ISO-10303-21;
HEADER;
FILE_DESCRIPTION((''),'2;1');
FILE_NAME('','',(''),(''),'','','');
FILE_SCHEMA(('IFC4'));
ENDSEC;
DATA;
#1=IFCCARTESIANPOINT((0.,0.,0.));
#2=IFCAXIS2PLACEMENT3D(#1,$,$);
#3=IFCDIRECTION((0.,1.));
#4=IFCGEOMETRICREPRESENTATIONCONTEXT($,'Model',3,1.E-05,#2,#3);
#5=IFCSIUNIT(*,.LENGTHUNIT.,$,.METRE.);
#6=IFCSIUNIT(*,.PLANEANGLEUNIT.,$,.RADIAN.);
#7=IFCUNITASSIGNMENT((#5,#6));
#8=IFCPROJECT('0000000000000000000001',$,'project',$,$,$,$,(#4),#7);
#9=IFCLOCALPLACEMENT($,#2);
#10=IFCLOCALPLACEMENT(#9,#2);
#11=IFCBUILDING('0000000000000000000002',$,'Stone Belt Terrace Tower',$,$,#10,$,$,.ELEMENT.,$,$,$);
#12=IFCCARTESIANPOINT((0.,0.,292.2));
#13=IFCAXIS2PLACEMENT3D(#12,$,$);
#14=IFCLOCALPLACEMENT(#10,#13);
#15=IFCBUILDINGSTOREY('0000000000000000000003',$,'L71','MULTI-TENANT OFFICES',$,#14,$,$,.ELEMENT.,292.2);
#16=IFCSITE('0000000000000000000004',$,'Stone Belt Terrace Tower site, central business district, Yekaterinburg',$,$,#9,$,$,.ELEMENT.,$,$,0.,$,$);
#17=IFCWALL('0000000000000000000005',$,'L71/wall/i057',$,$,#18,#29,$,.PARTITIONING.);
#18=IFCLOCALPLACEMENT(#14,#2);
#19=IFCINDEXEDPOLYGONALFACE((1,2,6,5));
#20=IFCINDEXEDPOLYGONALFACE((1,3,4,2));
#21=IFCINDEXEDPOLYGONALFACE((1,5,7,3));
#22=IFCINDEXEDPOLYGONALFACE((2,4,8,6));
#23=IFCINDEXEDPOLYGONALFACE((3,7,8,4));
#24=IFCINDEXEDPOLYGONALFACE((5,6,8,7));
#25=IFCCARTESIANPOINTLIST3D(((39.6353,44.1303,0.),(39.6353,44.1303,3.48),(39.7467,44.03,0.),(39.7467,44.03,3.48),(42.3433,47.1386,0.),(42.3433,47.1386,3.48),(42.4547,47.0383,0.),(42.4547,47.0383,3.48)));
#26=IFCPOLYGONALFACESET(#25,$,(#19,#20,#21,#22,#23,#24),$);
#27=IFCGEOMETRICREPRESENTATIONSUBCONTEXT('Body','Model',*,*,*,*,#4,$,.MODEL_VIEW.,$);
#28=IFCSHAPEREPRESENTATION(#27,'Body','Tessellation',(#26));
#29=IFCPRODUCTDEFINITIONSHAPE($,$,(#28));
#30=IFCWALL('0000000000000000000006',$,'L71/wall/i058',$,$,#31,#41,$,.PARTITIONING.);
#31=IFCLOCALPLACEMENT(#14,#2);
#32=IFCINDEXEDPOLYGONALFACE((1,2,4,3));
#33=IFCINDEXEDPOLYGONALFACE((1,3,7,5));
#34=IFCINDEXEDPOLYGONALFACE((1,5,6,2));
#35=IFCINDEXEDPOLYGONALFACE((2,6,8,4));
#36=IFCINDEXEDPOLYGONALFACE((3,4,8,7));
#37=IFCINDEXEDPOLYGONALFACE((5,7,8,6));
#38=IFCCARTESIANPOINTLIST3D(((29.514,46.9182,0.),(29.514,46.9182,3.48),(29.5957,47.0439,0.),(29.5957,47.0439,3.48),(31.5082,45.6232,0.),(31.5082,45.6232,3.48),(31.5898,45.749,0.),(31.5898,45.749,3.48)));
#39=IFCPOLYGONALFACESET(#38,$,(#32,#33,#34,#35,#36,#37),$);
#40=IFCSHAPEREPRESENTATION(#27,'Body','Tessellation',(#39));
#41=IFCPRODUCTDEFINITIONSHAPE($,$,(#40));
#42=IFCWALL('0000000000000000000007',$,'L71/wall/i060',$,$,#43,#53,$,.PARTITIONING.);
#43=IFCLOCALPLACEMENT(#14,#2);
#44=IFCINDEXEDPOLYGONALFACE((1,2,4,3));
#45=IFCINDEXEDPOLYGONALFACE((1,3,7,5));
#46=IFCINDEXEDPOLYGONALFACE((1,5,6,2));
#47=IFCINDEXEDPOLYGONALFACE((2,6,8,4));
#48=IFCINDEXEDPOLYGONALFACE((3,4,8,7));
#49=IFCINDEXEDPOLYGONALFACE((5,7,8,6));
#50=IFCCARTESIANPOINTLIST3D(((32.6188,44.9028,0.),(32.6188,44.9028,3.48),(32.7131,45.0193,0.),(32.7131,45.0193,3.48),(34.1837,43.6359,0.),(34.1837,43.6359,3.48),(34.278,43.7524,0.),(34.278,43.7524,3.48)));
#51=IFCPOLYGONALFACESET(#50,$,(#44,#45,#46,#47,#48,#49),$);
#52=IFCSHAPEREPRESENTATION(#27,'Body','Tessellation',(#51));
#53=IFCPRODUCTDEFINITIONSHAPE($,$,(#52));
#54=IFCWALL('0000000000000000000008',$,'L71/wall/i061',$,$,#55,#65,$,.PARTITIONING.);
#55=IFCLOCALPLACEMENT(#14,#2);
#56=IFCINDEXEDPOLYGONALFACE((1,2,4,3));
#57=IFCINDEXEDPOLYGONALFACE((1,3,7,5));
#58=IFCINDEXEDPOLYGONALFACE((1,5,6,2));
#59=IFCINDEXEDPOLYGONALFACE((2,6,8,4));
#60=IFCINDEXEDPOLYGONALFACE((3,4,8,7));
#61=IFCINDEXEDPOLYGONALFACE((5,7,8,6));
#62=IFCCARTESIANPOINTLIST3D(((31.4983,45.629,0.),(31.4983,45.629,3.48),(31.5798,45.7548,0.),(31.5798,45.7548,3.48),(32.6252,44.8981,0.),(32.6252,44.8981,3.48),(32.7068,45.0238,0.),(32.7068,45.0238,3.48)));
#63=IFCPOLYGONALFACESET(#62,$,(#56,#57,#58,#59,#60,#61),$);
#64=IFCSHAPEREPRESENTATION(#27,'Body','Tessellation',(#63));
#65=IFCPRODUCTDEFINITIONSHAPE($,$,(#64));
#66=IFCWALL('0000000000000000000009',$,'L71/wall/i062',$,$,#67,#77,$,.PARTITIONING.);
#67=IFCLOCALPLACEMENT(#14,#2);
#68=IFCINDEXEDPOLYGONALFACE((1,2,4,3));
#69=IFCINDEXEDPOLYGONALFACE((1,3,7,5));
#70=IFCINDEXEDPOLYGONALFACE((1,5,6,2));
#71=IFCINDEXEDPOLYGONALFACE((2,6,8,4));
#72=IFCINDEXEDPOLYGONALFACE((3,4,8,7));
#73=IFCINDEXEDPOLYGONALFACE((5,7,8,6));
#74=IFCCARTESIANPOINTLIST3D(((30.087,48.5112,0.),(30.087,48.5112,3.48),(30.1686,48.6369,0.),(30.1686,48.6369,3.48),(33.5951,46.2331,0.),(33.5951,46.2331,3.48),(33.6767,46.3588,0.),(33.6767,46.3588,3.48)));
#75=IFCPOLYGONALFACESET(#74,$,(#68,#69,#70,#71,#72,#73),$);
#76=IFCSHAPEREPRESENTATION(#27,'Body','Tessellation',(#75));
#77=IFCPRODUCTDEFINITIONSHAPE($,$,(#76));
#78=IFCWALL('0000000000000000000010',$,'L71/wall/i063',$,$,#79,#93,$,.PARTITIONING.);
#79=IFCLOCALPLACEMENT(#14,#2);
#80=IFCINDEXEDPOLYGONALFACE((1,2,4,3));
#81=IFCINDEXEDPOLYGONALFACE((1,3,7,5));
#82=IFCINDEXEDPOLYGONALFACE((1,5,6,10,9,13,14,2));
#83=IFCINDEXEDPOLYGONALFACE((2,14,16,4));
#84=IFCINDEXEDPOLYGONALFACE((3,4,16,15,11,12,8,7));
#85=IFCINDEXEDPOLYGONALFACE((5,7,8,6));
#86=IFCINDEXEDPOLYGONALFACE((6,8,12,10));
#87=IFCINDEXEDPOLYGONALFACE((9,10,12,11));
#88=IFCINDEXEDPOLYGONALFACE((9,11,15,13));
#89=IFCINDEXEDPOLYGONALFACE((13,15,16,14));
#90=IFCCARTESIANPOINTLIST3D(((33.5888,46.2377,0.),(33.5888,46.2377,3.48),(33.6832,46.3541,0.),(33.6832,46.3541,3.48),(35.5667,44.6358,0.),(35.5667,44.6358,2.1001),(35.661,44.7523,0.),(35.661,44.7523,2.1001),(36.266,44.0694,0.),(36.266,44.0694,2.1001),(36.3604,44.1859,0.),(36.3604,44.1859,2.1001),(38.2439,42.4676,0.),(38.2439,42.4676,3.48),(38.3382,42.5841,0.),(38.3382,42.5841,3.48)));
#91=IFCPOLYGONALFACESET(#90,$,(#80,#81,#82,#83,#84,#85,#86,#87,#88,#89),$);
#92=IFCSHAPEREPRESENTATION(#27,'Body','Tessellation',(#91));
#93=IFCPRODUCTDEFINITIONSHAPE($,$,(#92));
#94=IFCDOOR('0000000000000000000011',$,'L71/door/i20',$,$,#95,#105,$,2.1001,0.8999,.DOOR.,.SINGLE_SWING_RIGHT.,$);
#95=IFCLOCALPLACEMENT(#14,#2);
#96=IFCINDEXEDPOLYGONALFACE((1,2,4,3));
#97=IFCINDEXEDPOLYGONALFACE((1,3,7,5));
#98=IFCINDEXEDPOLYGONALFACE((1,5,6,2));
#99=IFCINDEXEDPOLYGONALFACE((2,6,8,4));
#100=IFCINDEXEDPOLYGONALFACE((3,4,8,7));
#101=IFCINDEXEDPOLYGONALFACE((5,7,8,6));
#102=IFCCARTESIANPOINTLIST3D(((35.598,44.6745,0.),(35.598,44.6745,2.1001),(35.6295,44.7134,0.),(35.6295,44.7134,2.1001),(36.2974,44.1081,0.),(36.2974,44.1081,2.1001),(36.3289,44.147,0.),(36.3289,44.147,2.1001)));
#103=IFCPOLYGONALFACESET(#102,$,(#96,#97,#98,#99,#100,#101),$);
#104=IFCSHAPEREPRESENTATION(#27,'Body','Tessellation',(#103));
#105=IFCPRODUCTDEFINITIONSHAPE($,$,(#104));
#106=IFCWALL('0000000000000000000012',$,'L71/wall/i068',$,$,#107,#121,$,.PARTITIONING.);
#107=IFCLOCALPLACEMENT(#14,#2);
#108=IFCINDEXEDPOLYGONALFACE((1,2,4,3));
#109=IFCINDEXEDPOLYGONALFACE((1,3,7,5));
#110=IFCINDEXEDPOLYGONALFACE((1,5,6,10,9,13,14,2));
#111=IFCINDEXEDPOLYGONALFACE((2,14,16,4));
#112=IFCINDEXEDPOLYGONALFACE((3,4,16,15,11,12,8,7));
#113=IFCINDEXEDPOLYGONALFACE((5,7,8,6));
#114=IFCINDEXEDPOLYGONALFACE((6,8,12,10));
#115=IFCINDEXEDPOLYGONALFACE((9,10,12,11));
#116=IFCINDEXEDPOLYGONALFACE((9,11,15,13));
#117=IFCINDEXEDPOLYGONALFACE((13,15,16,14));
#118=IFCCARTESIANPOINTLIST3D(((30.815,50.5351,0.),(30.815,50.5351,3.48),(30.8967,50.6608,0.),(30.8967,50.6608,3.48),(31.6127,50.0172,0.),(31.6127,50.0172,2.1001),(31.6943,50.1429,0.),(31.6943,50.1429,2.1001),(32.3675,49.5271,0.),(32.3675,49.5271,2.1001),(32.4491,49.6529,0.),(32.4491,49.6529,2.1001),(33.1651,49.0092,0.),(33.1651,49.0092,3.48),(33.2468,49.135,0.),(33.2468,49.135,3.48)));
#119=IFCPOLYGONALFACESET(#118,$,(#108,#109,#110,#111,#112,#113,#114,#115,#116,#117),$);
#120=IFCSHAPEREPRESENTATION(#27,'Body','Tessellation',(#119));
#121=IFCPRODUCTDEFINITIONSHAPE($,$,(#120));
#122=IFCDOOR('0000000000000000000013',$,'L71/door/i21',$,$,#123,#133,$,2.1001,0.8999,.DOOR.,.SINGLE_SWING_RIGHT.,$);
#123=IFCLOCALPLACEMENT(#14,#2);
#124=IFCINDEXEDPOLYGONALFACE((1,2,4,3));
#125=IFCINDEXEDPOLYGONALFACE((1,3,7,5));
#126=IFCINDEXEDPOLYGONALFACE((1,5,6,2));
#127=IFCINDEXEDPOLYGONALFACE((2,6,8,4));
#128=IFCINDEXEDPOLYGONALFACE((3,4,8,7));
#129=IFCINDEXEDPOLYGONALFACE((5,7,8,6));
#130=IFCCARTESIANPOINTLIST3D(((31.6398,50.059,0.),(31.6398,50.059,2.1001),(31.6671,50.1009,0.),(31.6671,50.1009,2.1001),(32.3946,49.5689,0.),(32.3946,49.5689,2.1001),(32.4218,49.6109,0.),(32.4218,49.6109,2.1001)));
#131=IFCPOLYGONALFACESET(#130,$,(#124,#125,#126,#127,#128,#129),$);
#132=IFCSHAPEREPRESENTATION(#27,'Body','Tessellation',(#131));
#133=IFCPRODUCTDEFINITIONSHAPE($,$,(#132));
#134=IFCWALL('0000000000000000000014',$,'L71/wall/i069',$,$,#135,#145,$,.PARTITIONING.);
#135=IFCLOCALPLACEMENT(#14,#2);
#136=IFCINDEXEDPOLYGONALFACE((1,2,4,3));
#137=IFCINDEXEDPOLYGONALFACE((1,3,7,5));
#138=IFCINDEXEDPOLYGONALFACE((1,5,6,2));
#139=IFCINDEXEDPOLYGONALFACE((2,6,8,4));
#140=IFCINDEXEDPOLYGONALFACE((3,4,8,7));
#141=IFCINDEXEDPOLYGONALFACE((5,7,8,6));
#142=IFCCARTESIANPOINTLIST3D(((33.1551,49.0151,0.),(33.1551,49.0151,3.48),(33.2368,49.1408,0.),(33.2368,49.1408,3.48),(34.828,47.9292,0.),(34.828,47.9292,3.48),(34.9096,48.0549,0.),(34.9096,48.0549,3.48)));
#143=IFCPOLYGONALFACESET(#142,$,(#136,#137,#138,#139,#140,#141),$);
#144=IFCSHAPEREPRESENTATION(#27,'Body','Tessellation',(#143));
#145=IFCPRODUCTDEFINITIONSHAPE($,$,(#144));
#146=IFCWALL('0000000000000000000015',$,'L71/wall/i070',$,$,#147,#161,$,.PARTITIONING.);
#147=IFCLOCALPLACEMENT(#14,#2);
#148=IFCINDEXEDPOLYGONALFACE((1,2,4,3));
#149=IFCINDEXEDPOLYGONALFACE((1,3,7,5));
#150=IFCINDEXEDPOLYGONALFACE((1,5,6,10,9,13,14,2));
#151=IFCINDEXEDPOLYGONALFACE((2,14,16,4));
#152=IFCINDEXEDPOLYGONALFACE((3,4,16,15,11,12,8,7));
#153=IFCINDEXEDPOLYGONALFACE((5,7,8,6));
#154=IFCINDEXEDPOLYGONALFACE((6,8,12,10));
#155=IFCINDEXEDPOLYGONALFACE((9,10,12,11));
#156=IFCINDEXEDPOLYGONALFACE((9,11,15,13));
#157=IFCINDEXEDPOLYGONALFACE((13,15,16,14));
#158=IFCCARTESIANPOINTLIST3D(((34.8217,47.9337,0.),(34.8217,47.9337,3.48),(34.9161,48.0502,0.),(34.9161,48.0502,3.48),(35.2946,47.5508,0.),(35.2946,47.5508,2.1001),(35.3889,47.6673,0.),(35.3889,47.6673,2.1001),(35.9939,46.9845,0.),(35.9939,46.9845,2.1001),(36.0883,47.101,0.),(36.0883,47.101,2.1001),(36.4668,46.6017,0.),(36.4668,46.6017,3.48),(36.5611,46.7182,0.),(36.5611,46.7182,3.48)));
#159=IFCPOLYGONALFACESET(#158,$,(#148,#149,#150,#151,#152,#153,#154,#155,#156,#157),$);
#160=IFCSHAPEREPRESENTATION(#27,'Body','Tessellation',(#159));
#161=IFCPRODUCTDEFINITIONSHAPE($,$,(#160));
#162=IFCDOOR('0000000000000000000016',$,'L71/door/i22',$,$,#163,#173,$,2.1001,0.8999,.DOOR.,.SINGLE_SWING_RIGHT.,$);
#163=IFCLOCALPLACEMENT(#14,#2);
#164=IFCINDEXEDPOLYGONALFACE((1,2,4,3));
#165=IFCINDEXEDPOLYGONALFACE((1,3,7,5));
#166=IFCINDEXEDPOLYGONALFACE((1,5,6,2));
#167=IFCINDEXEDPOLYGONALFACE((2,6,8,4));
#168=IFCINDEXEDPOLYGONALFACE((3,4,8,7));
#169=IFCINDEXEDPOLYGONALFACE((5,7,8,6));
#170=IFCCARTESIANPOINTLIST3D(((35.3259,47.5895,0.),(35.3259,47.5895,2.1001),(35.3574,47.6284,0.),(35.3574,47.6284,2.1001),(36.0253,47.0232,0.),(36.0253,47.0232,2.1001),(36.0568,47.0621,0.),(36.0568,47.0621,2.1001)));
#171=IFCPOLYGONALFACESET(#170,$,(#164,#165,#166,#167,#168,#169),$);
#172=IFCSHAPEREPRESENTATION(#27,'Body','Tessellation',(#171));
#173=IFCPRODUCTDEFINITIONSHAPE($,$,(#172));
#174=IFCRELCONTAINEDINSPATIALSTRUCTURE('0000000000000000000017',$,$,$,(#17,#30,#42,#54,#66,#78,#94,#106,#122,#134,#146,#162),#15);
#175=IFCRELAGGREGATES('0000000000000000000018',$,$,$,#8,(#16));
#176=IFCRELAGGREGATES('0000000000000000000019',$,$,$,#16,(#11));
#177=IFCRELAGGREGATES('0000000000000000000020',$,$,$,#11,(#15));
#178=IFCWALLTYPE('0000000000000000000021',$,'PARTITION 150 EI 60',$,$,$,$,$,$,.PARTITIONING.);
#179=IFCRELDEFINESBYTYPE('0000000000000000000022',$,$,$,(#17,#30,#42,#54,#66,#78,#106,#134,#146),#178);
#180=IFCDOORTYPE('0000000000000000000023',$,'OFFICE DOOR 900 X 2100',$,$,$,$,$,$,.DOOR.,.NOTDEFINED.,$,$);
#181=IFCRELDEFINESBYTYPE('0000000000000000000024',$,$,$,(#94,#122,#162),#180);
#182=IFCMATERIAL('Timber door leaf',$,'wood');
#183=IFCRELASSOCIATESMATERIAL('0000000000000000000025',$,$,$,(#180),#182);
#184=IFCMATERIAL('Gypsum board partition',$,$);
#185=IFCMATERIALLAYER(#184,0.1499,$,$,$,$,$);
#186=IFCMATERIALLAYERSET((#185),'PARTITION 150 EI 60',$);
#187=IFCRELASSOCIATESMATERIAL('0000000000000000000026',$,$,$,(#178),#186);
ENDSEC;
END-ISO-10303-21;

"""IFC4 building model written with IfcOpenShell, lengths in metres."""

from ifc_helpers import new_model, si_unit, direction, frame, frame_2d, origin, place, context, subcontext, project, spatial, rectangle, extrude, material, layer, layer_set, type_object, element, fill, save


model = new_model("IFC4")

# Units and contexts
model_context = context("Model", 3, precision=1e-05, world=origin(), true_north=direction((0.0, 1.0)))
body_context = subcontext(model_context, "Body", "Model", "MODEL_VIEW")
ifc_project = project(units=[si_unit("LENGTHUNIT", "METRE"), si_unit("PLANEANGLEUNIT", "RADIAN")], contexts=[model_context])

# Site, building, storey
site_placement = place(None, origin())
site = spatial("IfcSite", under=ifc_project, at=site_placement, Name="Stone Belt Terrace Tower site, central business district, Yekaterinburg", CompositionType="ELEMENT", RefElevation=0.0)
building_placement = place(site_placement, origin())
building = spatial("IfcBuilding", under=site, at=building_placement, Name="Stone Belt Terrace Tower", CompositionType="ELEMENT")
storey_placement = place(building_placement, frame((0.0, 0.0, 292.2)))
storey = spatial("IfcBuildingStorey", under=building, at=storey_placement, Name="L71", Description="MULTI-TENANT OFFICES", CompositionType="ELEMENT", Elevation=292.2)

# Shared definitions
ifc_material_1 = material(Name="Gypsum board partition")
ifc_material_2 = material(Name="Timber door leaf", Category="wood")
door_type_1 = type_object("IfcDoorType", Name="OFFICE DOOR 900 X 2100", OperationType="NOTDEFINED", PredefinedType="DOOR", material=ifc_material_2)
ifc_layer_1 = layer(ifc_material_1, 0.1499)
ifc_layer_set_1 = layer_set([ifc_layer_1], Name="PARTITION 150 EI 60")
wall_type_1 = type_object("IfcWallType", Name="PARTITION 150 EI 60", PredefinedType="PARTITIONING", material=ifc_layer_set_1)

# Walls
wall_1_placement = place(storey_placement, frame((39.6909, 44.0801, 0.0), z_axis=(0.0, 0.0, 1.0), x_axis=(0.669038, 0.743228, 0.0)))
element("IfcWall", 1, at=wall_1_placement, inside=storey, type_object=wall_type_1, Name="L71/wall/i057", PredefinedType="PARTITIONING", context=body_context, shape_type="SweptSolid", body=[
    extrude(rectangle(XDim=4.0476, YDim=0.1499, at=frame_2d((2.0239, 0.0))), origin(), (0.0, 0.0, 1.0), 3.48),
])
wall_2_placement = place(storey_placement, frame((31.5491, 45.686, 0.0), z_axis=(0.0, 0.0, 1.0), x_axis=(-0.838688, 0.544613, 0.0)))
element("IfcWall", 2, at=wall_2_placement, inside=storey, type_object=wall_type_1, Name="L71/wall/i058", PredefinedType="PARTITIONING", context=body_context, shape_type="SweptSolid", body=[
    extrude(rectangle(XDim=2.3777, YDim=0.1499, at=frame_2d((1.189, 0.0))), origin(), (0.0, 0.0, 1.0), 3.48),
])
wall_3_placement = place(storey_placement, frame((34.231, 43.6941, 0.0), z_axis=(0.0, 0.0, 1.0), x_axis=(-0.777248, 0.629195, 0.0)))
element("IfcWall", 3, at=wall_3_placement, inside=storey, type_object=wall_type_1, Name="L71/wall/i060", PredefinedType="PARTITIONING", context=body_context, shape_type="SweptSolid", body=[
    extrude(rectangle(XDim=2.0134, YDim=0.1499, at=frame_2d((1.0068, 0.0))), origin(), (0.0, 0.0, 1.0), 3.48),
])
wall_4_placement = place(storey_placement, frame((32.666, 44.9609, 0.0), z_axis=(0.0, 0.0, 1.0), x_axis=(-0.838975, 0.54417, 0.0)))
element("IfcWall", 4, at=wall_4_placement, inside=storey, type_object=wall_type_1, Name="L71/wall/i061", PredefinedType="PARTITIONING", context=body_context, shape_type="SweptSolid", body=[
    extrude(rectangle(XDim=1.3433, YDim=0.1499, at=frame_2d((0.6716, 0.0))), origin(), (0.0, 0.0, 1.0), 3.48),
])
wall_5_placement = place(storey_placement, frame((30.1279, 48.574, 0.0), z_axis=(0.0, 0.0, 1.0), x_axis=(0.83868, -0.544625, 0.0)))
element("IfcWall", 5, at=wall_5_placement, inside=storey, type_object=wall_type_1, Name="L71/wall/i062", PredefinedType="PARTITIONING", context=body_context, shape_type="SweptSolid", body=[
    extrude(rectangle(XDim=4.1829, YDim=0.1499, at=frame_2d((2.0913, 0.0))), origin(), (0.0, 0.0, 1.0), 3.48),
])

# Walls, openings, doors
wall_6_placement = place(storey_placement, frame((33.636, 46.2959, 0.0), z_axis=(0.0, 0.0, 1.0), x_axis=(0.777109, -0.629366, 0.0)))
wall_6 = element("IfcWall", 6, at=wall_6_placement, inside=storey, type_object=wall_type_1, Name="L71/wall/i063", PredefinedType="PARTITIONING", context=body_context, shape_type="SweptSolid", body=[
    extrude(rectangle(XDim=5.9902, YDim=0.1499, at=frame_2d((2.9951, 0.0))), origin(), (0.0, 0.0, 1.0), 3.48),
])
opening_1_placement = place(wall_6_placement, frame((2.5452, 0.0, 0.0)))
opening_1 = element("IfcOpeningElement", 7, at=opening_1_placement, cuts=wall_6, PredefinedType="OPENING", context=body_context, shape_type="SweptSolid", body=[
    extrude(rectangle(XDim=0.8999, YDim=2.1001, at=frame_2d((0.45, 1.05))), frame((0.0, 0.085, 0.0), z_axis=(0.0, -1.0, 0.0), x_axis=(1.0, 0.0, 0.0)), (0.0, 0.0, 1.0), 0.1699),
])
door_1_placement = place(opening_1_placement, origin())
door_1 = element("IfcDoor", 8, at=door_1_placement, inside=storey, type_object=door_type_1, Name="L71/door/i20", OperationType="SINGLE_SWING_RIGHT", OverallHeight=2.1001, OverallWidth=0.8999, PredefinedType="DOOR", context=body_context, shape_type="SweptSolid", body=[
    extrude(rectangle(XDim=0.8999, YDim=2.1001, at=frame_2d((0.45, 1.05))), frame((0.0, 0.0249, 0.0), z_axis=(0.0, -1.0, 0.0), x_axis=(1.0, 0.0, 0.0)), (0.0, 0.0, 1.0), 0.05),
])
fill(opening_1, door_1)
wall_7_placement = place(storey_placement, frame((30.856, 50.5979, 0.0), z_axis=(0.0, 0.0, 1.0), x_axis=(0.838718, -0.544566, 0.0)))
wall_7 = element("IfcWall", 9, at=wall_7_placement, inside=storey, type_object=wall_type_1, Name="L71/wall/i068", PredefinedType="PARTITIONING", context=body_context, shape_type="SweptSolid", body=[
    extrude(rectangle(XDim=2.802, YDim=0.1499, at=frame_2d((1.4009, 0.0))), origin(), (0.0, 0.0, 1.0), 3.48),
])
opening_2_placement = place(wall_7_placement, frame((0.9509, 0.0, 0.0)))
opening_2 = element("IfcOpeningElement", 10, at=opening_2_placement, cuts=wall_7, PredefinedType="OPENING", context=body_context, shape_type="SweptSolid", body=[
    extrude(rectangle(XDim=0.8999, YDim=2.1001, at=frame_2d((0.45, 1.05))), frame((0.0, 0.085, 0.0), z_axis=(0.0, -1.0, 0.0), x_axis=(1.0, 0.0, 0.0)), (0.0, 0.0, 1.0), 0.1699),
])
door_2_placement = place(opening_2_placement, origin())
door_2 = element("IfcDoor", 11, at=door_2_placement, inside=storey, type_object=door_type_1, Name="L71/door/i21", OperationType="SINGLE_SWING_RIGHT", OverallHeight=2.1001, OverallWidth=0.8999, PredefinedType="DOOR", context=body_context, shape_type="SweptSolid", body=[
    extrude(rectangle(XDim=0.8999, YDim=2.1001, at=frame_2d((0.45, 1.05))), frame((0.0, 0.0249, 0.0), z_axis=(0.0, -1.0, 0.0), x_axis=(1.0, 0.0, 0.0)), (0.0, 0.0, 1.0), 0.05),
])
fill(opening_2, door_2)

# Wall
wall_8_placement = place(storey_placement, frame((33.196, 49.0779, 0.0), z_axis=(0.0, 0.0, 1.0), x_axis=(0.838768, -0.544489, 0.0)))
element("IfcWall", 12, at=wall_8_placement, inside=storey, type_object=wall_type_1, Name="L71/wall/i069", PredefinedType="PARTITIONING", context=body_context, shape_type="SweptSolid", body=[
    extrude(rectangle(XDim=1.9944, YDim=0.1499, at=frame_2d((0.9971, 0.0))), origin(), (0.0, 0.0, 1.0), 3.48),
])

# Wall, opening, door
wall_9_placement = place(storey_placement, frame((34.8689, 47.9919, 0.0), z_axis=(0.0, 0.0, 1.0), x_axis=(0.777164, -0.629298, 0.0)))
wall_9 = element("IfcWall", 13, at=wall_9_placement, inside=storey, type_object=wall_type_1, Name="L71/wall/i070", PredefinedType="PARTITIONING", context=body_context, shape_type="SweptSolid", body=[
    extrude(rectangle(XDim=2.1167, YDim=0.1499, at=frame_2d((1.0583, 0.0))), origin(), (0.0, 0.0, 1.0), 3.48),
])
opening_3_placement = place(wall_9_placement, frame((0.6084, 0.0, 0.0)))
opening_3 = element("IfcOpeningElement", 14, at=opening_3_placement, cuts=wall_9, PredefinedType="OPENING", context=body_context, shape_type="SweptSolid", body=[
    extrude(rectangle(XDim=0.8999, YDim=2.1001, at=frame_2d((0.45, 1.05))), frame((0.0, 0.085, 0.0), z_axis=(0.0, -1.0, 0.0), x_axis=(1.0, 0.0, 0.0)), (0.0, 0.0, 1.0), 0.1699),
])
door_3_placement = place(opening_3_placement, origin())
door_3 = element("IfcDoor", 15, at=door_3_placement, inside=storey, type_object=door_type_1, Name="L71/door/i22", OperationType="SINGLE_SWING_RIGHT", OverallHeight=2.1001, OverallWidth=0.8999, PredefinedType="DOOR", context=body_context, shape_type="SweptSolid", body=[
    extrude(rectangle(XDim=0.8999, YDim=2.1001, at=frame_2d((0.45, 1.05))), frame((0.0, 0.0249, 0.0), z_axis=(0.0, -1.0, 0.0), x_axis=(1.0, 0.0, 0.0)), (0.0, 0.0, 1.0), 0.05),
])
fill(opening_3, door_3)

save(model, "model.ifc")
